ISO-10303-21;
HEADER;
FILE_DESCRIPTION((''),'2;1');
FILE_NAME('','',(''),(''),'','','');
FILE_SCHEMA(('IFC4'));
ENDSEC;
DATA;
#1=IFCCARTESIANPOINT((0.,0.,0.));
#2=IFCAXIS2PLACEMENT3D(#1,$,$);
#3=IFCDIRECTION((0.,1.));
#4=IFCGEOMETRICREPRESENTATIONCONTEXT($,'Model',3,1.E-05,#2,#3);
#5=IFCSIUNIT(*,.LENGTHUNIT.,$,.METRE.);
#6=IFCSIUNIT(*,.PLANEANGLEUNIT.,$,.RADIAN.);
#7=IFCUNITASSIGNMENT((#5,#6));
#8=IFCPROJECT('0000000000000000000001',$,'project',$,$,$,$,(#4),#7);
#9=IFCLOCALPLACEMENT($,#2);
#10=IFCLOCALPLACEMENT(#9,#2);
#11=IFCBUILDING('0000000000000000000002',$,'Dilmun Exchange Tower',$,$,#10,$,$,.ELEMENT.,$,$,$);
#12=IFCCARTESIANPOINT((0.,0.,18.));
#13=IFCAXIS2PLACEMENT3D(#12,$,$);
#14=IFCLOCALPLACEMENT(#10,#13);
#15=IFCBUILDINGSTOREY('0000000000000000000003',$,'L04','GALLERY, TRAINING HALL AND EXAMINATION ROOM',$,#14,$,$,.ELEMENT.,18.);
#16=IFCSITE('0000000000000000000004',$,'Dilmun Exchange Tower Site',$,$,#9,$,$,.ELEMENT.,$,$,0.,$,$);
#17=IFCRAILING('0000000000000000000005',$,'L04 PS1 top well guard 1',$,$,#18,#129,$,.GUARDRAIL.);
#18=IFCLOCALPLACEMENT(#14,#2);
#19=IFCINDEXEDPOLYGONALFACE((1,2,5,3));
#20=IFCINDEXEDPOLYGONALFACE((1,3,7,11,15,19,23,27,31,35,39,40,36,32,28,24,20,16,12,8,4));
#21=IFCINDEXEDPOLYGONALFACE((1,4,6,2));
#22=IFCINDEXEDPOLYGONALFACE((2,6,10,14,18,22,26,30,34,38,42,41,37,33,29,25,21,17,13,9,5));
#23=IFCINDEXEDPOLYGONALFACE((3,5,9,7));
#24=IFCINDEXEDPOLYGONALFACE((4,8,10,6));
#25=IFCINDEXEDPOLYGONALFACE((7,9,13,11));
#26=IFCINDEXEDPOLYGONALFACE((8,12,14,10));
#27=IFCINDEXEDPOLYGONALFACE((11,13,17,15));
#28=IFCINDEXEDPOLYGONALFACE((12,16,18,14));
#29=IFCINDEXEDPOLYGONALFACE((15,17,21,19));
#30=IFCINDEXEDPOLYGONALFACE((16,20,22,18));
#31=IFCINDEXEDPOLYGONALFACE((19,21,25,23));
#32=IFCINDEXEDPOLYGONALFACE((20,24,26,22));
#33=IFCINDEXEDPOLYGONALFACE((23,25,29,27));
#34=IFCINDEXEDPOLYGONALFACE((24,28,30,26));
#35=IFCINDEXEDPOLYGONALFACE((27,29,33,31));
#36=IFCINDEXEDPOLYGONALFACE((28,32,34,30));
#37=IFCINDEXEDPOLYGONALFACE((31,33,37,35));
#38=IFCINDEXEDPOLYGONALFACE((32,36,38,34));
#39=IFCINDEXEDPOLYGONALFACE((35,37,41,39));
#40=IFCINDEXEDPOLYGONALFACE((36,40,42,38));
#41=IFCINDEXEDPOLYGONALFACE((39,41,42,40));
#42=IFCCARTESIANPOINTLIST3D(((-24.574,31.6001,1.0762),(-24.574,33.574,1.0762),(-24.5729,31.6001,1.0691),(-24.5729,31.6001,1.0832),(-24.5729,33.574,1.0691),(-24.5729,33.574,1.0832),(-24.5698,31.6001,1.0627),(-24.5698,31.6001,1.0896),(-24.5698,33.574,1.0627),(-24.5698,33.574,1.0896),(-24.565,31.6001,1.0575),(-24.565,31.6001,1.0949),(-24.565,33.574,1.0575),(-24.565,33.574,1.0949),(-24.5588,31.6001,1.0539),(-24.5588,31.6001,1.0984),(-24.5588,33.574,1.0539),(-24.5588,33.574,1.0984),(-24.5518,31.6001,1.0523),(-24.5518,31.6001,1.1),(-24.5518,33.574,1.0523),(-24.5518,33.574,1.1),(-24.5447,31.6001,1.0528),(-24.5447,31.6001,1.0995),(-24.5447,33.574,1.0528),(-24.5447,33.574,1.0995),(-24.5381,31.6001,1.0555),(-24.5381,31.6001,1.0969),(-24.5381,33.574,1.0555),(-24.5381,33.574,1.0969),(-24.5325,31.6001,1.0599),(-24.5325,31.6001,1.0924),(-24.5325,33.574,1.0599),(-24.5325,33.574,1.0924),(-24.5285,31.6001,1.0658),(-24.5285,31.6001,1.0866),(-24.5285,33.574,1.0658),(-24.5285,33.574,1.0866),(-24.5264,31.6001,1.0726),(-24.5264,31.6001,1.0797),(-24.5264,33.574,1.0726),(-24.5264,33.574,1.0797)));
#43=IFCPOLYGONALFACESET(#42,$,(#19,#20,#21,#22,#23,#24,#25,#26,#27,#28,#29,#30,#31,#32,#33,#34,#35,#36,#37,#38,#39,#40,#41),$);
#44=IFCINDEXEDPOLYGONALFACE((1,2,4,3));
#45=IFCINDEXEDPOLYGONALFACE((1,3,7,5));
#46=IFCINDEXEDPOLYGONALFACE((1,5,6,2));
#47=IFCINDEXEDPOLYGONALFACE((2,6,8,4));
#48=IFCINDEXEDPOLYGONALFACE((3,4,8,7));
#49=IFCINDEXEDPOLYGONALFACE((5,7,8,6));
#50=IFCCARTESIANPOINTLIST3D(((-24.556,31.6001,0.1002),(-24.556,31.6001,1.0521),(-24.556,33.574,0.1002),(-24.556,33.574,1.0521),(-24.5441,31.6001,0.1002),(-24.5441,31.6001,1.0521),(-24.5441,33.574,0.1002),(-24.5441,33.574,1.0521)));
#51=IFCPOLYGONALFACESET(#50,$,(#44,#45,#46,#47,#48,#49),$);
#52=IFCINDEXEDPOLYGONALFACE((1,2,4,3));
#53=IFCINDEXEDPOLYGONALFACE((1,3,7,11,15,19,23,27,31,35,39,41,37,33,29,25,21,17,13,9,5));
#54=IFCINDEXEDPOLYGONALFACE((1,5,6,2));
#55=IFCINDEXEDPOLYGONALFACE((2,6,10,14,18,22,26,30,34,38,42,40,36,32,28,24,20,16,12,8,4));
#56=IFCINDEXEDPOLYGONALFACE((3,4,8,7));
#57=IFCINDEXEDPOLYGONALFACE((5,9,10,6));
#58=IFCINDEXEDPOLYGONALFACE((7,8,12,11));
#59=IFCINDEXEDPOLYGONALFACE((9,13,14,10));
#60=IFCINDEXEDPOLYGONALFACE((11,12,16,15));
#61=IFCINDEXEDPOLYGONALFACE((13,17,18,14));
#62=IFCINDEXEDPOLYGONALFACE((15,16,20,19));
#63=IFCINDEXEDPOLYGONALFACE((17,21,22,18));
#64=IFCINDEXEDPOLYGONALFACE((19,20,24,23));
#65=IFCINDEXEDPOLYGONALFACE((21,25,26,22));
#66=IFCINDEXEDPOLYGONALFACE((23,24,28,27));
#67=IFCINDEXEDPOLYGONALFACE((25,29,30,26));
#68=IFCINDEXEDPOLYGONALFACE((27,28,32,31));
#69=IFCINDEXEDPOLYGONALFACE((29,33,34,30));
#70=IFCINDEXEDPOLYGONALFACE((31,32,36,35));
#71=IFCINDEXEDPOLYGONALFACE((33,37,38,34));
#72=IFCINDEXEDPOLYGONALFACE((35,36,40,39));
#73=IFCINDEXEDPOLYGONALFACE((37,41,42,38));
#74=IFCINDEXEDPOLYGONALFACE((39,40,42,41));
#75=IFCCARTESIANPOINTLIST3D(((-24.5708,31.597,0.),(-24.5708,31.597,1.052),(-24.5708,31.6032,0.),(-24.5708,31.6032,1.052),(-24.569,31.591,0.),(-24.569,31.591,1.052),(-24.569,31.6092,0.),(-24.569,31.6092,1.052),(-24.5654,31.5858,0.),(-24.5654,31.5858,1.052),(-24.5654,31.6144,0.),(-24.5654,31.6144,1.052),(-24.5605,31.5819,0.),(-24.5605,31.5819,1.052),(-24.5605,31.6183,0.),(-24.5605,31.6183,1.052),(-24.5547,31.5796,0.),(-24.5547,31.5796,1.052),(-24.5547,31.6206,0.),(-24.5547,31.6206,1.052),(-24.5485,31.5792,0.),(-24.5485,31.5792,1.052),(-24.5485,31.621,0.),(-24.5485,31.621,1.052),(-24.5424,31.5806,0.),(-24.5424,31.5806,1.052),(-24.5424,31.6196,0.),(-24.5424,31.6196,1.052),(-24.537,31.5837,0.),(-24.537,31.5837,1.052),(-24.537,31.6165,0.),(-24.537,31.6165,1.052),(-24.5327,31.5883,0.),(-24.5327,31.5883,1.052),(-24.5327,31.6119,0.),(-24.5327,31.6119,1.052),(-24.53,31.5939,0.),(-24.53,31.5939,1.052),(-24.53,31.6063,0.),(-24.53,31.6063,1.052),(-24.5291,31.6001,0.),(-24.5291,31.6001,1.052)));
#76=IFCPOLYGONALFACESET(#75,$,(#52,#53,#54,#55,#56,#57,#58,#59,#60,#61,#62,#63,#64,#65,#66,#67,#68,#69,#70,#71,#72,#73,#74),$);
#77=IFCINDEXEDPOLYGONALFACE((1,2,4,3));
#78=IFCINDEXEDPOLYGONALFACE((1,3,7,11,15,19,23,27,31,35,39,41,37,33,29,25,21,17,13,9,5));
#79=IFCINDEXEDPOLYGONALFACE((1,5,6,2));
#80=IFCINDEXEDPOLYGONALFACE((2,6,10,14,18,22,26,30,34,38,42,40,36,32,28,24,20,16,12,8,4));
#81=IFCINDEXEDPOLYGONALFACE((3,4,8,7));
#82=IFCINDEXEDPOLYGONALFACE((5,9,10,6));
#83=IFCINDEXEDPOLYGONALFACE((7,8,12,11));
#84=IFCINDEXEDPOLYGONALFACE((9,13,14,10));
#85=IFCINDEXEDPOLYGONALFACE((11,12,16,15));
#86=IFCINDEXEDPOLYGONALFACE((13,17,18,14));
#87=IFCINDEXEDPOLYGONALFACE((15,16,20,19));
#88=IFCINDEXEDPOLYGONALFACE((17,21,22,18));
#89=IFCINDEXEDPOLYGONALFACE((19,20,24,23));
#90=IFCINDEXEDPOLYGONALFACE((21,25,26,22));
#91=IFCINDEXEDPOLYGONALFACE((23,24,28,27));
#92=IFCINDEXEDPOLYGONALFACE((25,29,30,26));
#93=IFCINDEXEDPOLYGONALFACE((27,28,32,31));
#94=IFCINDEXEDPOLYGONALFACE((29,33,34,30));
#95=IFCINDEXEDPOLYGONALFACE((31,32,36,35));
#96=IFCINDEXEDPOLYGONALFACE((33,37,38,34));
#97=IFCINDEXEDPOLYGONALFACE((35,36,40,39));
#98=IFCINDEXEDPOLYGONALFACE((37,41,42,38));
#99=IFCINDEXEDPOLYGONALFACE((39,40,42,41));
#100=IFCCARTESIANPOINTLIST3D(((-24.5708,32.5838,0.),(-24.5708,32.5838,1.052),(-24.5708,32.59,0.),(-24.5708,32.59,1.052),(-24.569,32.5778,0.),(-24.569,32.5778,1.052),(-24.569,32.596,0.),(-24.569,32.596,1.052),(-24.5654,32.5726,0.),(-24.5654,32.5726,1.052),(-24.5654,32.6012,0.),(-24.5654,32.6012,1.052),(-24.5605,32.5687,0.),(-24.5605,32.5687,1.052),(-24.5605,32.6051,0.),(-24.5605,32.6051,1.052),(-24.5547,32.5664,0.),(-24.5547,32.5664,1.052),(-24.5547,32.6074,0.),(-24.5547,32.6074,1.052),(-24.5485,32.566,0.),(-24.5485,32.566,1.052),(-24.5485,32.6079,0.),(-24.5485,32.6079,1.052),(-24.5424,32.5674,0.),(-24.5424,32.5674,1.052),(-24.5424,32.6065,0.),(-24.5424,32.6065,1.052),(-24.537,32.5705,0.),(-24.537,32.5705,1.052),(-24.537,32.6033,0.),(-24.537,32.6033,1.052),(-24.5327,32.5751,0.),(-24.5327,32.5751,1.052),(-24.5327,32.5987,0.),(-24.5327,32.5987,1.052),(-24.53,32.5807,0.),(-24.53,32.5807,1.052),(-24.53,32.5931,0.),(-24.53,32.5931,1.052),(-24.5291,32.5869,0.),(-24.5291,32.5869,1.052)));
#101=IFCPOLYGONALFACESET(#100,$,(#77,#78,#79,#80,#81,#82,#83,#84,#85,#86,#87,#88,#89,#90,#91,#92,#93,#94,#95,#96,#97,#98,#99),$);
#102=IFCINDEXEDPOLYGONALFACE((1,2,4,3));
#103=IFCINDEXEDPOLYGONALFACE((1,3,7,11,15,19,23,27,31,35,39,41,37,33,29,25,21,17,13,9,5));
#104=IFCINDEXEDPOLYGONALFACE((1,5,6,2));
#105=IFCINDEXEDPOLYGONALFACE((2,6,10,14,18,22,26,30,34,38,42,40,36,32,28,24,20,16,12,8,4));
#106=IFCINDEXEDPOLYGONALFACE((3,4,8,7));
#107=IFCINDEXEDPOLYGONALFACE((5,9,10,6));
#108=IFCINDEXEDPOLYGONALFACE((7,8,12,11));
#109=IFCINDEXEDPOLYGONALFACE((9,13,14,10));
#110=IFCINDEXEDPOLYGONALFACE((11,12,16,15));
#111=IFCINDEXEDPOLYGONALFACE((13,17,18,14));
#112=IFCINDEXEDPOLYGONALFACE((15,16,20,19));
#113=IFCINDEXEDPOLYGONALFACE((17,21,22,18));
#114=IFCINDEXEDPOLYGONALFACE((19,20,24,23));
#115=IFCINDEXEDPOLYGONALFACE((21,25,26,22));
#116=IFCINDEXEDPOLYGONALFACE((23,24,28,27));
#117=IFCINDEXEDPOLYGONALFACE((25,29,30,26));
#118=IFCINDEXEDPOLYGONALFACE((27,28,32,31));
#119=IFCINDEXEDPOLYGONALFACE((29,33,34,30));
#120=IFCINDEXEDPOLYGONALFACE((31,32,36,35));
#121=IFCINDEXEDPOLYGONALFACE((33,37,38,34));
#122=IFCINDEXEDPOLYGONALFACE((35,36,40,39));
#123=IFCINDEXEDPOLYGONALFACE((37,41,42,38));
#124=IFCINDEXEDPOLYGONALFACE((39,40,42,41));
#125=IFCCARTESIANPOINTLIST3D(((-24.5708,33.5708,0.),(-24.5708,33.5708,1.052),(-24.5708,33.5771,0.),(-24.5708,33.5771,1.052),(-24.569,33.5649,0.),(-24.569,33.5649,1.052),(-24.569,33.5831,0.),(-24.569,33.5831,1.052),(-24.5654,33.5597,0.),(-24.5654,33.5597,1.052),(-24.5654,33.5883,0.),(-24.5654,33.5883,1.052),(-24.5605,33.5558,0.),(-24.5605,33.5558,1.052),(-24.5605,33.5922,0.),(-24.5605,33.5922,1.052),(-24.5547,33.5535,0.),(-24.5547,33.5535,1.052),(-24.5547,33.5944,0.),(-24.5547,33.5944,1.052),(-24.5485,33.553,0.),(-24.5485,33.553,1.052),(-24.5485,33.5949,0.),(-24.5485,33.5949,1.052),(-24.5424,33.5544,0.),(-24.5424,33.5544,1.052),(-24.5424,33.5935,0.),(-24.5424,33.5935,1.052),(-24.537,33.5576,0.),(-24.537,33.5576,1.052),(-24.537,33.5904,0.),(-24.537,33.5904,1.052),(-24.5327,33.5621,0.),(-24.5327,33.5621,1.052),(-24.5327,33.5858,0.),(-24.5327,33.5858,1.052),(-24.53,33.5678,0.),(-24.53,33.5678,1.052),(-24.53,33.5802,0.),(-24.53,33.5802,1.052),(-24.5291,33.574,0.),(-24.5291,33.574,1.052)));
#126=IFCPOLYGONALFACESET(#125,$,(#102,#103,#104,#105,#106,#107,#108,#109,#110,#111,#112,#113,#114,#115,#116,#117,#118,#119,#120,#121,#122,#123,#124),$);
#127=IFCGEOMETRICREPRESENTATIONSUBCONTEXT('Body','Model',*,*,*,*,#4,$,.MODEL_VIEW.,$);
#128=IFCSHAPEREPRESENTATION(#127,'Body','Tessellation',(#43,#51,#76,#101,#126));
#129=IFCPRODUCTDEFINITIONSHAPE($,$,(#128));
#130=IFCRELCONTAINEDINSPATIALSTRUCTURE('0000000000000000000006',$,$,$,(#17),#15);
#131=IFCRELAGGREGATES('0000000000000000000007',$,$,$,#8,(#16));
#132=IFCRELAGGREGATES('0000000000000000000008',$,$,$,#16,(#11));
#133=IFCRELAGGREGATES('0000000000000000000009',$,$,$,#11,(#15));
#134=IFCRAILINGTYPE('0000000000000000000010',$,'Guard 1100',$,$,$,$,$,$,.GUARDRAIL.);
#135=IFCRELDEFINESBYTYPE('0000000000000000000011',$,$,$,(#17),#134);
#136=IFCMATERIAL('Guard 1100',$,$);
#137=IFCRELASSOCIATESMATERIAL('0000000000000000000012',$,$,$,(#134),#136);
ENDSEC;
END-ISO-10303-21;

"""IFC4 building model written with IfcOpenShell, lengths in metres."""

from ifc_helpers import new_model, si_unit, direction, frame, origin, origin_2d, place, context, subcontext, project, spatial, rectangle, circle, extrude, material, type_object, element, save


model = new_model("IFC4")

# Units and contexts
model_context = context("Model", 3, precision=1e-05, world=origin(), true_north=direction((0.0, 1.0)))
body_context = subcontext(model_context, "Body", "Model", "MODEL_VIEW")
ifc_project = project(units=[si_unit("LENGTHUNIT", "METRE"), si_unit("PLANEANGLEUNIT", "RADIAN")], contexts=[model_context])

# Site, building, storey
site_placement = place(None, origin())
site = spatial("IfcSite", under=ifc_project, at=site_placement, Name="Dilmun Exchange Tower Site", CompositionType="ELEMENT", RefElevation=0.0)
building_placement = place(site_placement, origin())
building = spatial("IfcBuilding", under=site, at=building_placement, Name="Dilmun Exchange Tower", CompositionType="ELEMENT")
storey_placement = place(building_placement, frame((0.0, 0.0, 18.0)))
storey = spatial("IfcBuildingStorey", under=building, at=storey_placement, Name="L04", Description="GALLERY, TRAINING HALL AND EXAMINATION ROOM", CompositionType="ELEMENT", Elevation=18.0)

# Railing
ifc_material_1 = material(Name="Guard 1100")
railing_type_1 = type_object("IfcRailingType", Name="Guard 1100", PredefinedType="GUARDRAIL", material=ifc_material_1)
railing_1_placement = place(storey_placement, frame((-24.55, 31.6001, 0.0)))
element("IfcRailing", 1, at=railing_1_placement, inside=storey, type_object=railing_type_1, Name="L04 PS1 top well guard 1", PredefinedType="GUARDRAIL", context=body_context, shape_type="SweptSolid", body=[
    extrude(circle(Radius=0.0239, at=origin_2d()), frame((0.0, 0.0, 1.0762), z_axis=(0.0, 1.0, 0.0), x_axis=(-1.0, 0.0, 0.0)), (0.0, 0.0, 1.0), 1.9739),
    extrude(rectangle(XDim=0.012, YDim=0.9519, at=origin_2d()), frame((0.0, 0.0, 0.5762), z_axis=(0.0, 1.0, 0.0), x_axis=(-1.0, 0.0, 0.0)), (0.0, 0.0, 1.0), 1.9739),
    extrude(circle(Radius=0.021, at=origin_2d()), origin(), (0.0, 0.0, 1.0), 1.052),
    extrude(circle(Radius=0.021, at=origin_2d()), frame((0.0, 0.9868, 0.0)), (0.0, 0.0, 1.0), 1.052),
    extrude(circle(Radius=0.021, at=origin_2d()), frame((0.0, 1.9739, 0.0)), (0.0, 0.0, 1.0), 1.052),
])

save(model, "model.ifc")
